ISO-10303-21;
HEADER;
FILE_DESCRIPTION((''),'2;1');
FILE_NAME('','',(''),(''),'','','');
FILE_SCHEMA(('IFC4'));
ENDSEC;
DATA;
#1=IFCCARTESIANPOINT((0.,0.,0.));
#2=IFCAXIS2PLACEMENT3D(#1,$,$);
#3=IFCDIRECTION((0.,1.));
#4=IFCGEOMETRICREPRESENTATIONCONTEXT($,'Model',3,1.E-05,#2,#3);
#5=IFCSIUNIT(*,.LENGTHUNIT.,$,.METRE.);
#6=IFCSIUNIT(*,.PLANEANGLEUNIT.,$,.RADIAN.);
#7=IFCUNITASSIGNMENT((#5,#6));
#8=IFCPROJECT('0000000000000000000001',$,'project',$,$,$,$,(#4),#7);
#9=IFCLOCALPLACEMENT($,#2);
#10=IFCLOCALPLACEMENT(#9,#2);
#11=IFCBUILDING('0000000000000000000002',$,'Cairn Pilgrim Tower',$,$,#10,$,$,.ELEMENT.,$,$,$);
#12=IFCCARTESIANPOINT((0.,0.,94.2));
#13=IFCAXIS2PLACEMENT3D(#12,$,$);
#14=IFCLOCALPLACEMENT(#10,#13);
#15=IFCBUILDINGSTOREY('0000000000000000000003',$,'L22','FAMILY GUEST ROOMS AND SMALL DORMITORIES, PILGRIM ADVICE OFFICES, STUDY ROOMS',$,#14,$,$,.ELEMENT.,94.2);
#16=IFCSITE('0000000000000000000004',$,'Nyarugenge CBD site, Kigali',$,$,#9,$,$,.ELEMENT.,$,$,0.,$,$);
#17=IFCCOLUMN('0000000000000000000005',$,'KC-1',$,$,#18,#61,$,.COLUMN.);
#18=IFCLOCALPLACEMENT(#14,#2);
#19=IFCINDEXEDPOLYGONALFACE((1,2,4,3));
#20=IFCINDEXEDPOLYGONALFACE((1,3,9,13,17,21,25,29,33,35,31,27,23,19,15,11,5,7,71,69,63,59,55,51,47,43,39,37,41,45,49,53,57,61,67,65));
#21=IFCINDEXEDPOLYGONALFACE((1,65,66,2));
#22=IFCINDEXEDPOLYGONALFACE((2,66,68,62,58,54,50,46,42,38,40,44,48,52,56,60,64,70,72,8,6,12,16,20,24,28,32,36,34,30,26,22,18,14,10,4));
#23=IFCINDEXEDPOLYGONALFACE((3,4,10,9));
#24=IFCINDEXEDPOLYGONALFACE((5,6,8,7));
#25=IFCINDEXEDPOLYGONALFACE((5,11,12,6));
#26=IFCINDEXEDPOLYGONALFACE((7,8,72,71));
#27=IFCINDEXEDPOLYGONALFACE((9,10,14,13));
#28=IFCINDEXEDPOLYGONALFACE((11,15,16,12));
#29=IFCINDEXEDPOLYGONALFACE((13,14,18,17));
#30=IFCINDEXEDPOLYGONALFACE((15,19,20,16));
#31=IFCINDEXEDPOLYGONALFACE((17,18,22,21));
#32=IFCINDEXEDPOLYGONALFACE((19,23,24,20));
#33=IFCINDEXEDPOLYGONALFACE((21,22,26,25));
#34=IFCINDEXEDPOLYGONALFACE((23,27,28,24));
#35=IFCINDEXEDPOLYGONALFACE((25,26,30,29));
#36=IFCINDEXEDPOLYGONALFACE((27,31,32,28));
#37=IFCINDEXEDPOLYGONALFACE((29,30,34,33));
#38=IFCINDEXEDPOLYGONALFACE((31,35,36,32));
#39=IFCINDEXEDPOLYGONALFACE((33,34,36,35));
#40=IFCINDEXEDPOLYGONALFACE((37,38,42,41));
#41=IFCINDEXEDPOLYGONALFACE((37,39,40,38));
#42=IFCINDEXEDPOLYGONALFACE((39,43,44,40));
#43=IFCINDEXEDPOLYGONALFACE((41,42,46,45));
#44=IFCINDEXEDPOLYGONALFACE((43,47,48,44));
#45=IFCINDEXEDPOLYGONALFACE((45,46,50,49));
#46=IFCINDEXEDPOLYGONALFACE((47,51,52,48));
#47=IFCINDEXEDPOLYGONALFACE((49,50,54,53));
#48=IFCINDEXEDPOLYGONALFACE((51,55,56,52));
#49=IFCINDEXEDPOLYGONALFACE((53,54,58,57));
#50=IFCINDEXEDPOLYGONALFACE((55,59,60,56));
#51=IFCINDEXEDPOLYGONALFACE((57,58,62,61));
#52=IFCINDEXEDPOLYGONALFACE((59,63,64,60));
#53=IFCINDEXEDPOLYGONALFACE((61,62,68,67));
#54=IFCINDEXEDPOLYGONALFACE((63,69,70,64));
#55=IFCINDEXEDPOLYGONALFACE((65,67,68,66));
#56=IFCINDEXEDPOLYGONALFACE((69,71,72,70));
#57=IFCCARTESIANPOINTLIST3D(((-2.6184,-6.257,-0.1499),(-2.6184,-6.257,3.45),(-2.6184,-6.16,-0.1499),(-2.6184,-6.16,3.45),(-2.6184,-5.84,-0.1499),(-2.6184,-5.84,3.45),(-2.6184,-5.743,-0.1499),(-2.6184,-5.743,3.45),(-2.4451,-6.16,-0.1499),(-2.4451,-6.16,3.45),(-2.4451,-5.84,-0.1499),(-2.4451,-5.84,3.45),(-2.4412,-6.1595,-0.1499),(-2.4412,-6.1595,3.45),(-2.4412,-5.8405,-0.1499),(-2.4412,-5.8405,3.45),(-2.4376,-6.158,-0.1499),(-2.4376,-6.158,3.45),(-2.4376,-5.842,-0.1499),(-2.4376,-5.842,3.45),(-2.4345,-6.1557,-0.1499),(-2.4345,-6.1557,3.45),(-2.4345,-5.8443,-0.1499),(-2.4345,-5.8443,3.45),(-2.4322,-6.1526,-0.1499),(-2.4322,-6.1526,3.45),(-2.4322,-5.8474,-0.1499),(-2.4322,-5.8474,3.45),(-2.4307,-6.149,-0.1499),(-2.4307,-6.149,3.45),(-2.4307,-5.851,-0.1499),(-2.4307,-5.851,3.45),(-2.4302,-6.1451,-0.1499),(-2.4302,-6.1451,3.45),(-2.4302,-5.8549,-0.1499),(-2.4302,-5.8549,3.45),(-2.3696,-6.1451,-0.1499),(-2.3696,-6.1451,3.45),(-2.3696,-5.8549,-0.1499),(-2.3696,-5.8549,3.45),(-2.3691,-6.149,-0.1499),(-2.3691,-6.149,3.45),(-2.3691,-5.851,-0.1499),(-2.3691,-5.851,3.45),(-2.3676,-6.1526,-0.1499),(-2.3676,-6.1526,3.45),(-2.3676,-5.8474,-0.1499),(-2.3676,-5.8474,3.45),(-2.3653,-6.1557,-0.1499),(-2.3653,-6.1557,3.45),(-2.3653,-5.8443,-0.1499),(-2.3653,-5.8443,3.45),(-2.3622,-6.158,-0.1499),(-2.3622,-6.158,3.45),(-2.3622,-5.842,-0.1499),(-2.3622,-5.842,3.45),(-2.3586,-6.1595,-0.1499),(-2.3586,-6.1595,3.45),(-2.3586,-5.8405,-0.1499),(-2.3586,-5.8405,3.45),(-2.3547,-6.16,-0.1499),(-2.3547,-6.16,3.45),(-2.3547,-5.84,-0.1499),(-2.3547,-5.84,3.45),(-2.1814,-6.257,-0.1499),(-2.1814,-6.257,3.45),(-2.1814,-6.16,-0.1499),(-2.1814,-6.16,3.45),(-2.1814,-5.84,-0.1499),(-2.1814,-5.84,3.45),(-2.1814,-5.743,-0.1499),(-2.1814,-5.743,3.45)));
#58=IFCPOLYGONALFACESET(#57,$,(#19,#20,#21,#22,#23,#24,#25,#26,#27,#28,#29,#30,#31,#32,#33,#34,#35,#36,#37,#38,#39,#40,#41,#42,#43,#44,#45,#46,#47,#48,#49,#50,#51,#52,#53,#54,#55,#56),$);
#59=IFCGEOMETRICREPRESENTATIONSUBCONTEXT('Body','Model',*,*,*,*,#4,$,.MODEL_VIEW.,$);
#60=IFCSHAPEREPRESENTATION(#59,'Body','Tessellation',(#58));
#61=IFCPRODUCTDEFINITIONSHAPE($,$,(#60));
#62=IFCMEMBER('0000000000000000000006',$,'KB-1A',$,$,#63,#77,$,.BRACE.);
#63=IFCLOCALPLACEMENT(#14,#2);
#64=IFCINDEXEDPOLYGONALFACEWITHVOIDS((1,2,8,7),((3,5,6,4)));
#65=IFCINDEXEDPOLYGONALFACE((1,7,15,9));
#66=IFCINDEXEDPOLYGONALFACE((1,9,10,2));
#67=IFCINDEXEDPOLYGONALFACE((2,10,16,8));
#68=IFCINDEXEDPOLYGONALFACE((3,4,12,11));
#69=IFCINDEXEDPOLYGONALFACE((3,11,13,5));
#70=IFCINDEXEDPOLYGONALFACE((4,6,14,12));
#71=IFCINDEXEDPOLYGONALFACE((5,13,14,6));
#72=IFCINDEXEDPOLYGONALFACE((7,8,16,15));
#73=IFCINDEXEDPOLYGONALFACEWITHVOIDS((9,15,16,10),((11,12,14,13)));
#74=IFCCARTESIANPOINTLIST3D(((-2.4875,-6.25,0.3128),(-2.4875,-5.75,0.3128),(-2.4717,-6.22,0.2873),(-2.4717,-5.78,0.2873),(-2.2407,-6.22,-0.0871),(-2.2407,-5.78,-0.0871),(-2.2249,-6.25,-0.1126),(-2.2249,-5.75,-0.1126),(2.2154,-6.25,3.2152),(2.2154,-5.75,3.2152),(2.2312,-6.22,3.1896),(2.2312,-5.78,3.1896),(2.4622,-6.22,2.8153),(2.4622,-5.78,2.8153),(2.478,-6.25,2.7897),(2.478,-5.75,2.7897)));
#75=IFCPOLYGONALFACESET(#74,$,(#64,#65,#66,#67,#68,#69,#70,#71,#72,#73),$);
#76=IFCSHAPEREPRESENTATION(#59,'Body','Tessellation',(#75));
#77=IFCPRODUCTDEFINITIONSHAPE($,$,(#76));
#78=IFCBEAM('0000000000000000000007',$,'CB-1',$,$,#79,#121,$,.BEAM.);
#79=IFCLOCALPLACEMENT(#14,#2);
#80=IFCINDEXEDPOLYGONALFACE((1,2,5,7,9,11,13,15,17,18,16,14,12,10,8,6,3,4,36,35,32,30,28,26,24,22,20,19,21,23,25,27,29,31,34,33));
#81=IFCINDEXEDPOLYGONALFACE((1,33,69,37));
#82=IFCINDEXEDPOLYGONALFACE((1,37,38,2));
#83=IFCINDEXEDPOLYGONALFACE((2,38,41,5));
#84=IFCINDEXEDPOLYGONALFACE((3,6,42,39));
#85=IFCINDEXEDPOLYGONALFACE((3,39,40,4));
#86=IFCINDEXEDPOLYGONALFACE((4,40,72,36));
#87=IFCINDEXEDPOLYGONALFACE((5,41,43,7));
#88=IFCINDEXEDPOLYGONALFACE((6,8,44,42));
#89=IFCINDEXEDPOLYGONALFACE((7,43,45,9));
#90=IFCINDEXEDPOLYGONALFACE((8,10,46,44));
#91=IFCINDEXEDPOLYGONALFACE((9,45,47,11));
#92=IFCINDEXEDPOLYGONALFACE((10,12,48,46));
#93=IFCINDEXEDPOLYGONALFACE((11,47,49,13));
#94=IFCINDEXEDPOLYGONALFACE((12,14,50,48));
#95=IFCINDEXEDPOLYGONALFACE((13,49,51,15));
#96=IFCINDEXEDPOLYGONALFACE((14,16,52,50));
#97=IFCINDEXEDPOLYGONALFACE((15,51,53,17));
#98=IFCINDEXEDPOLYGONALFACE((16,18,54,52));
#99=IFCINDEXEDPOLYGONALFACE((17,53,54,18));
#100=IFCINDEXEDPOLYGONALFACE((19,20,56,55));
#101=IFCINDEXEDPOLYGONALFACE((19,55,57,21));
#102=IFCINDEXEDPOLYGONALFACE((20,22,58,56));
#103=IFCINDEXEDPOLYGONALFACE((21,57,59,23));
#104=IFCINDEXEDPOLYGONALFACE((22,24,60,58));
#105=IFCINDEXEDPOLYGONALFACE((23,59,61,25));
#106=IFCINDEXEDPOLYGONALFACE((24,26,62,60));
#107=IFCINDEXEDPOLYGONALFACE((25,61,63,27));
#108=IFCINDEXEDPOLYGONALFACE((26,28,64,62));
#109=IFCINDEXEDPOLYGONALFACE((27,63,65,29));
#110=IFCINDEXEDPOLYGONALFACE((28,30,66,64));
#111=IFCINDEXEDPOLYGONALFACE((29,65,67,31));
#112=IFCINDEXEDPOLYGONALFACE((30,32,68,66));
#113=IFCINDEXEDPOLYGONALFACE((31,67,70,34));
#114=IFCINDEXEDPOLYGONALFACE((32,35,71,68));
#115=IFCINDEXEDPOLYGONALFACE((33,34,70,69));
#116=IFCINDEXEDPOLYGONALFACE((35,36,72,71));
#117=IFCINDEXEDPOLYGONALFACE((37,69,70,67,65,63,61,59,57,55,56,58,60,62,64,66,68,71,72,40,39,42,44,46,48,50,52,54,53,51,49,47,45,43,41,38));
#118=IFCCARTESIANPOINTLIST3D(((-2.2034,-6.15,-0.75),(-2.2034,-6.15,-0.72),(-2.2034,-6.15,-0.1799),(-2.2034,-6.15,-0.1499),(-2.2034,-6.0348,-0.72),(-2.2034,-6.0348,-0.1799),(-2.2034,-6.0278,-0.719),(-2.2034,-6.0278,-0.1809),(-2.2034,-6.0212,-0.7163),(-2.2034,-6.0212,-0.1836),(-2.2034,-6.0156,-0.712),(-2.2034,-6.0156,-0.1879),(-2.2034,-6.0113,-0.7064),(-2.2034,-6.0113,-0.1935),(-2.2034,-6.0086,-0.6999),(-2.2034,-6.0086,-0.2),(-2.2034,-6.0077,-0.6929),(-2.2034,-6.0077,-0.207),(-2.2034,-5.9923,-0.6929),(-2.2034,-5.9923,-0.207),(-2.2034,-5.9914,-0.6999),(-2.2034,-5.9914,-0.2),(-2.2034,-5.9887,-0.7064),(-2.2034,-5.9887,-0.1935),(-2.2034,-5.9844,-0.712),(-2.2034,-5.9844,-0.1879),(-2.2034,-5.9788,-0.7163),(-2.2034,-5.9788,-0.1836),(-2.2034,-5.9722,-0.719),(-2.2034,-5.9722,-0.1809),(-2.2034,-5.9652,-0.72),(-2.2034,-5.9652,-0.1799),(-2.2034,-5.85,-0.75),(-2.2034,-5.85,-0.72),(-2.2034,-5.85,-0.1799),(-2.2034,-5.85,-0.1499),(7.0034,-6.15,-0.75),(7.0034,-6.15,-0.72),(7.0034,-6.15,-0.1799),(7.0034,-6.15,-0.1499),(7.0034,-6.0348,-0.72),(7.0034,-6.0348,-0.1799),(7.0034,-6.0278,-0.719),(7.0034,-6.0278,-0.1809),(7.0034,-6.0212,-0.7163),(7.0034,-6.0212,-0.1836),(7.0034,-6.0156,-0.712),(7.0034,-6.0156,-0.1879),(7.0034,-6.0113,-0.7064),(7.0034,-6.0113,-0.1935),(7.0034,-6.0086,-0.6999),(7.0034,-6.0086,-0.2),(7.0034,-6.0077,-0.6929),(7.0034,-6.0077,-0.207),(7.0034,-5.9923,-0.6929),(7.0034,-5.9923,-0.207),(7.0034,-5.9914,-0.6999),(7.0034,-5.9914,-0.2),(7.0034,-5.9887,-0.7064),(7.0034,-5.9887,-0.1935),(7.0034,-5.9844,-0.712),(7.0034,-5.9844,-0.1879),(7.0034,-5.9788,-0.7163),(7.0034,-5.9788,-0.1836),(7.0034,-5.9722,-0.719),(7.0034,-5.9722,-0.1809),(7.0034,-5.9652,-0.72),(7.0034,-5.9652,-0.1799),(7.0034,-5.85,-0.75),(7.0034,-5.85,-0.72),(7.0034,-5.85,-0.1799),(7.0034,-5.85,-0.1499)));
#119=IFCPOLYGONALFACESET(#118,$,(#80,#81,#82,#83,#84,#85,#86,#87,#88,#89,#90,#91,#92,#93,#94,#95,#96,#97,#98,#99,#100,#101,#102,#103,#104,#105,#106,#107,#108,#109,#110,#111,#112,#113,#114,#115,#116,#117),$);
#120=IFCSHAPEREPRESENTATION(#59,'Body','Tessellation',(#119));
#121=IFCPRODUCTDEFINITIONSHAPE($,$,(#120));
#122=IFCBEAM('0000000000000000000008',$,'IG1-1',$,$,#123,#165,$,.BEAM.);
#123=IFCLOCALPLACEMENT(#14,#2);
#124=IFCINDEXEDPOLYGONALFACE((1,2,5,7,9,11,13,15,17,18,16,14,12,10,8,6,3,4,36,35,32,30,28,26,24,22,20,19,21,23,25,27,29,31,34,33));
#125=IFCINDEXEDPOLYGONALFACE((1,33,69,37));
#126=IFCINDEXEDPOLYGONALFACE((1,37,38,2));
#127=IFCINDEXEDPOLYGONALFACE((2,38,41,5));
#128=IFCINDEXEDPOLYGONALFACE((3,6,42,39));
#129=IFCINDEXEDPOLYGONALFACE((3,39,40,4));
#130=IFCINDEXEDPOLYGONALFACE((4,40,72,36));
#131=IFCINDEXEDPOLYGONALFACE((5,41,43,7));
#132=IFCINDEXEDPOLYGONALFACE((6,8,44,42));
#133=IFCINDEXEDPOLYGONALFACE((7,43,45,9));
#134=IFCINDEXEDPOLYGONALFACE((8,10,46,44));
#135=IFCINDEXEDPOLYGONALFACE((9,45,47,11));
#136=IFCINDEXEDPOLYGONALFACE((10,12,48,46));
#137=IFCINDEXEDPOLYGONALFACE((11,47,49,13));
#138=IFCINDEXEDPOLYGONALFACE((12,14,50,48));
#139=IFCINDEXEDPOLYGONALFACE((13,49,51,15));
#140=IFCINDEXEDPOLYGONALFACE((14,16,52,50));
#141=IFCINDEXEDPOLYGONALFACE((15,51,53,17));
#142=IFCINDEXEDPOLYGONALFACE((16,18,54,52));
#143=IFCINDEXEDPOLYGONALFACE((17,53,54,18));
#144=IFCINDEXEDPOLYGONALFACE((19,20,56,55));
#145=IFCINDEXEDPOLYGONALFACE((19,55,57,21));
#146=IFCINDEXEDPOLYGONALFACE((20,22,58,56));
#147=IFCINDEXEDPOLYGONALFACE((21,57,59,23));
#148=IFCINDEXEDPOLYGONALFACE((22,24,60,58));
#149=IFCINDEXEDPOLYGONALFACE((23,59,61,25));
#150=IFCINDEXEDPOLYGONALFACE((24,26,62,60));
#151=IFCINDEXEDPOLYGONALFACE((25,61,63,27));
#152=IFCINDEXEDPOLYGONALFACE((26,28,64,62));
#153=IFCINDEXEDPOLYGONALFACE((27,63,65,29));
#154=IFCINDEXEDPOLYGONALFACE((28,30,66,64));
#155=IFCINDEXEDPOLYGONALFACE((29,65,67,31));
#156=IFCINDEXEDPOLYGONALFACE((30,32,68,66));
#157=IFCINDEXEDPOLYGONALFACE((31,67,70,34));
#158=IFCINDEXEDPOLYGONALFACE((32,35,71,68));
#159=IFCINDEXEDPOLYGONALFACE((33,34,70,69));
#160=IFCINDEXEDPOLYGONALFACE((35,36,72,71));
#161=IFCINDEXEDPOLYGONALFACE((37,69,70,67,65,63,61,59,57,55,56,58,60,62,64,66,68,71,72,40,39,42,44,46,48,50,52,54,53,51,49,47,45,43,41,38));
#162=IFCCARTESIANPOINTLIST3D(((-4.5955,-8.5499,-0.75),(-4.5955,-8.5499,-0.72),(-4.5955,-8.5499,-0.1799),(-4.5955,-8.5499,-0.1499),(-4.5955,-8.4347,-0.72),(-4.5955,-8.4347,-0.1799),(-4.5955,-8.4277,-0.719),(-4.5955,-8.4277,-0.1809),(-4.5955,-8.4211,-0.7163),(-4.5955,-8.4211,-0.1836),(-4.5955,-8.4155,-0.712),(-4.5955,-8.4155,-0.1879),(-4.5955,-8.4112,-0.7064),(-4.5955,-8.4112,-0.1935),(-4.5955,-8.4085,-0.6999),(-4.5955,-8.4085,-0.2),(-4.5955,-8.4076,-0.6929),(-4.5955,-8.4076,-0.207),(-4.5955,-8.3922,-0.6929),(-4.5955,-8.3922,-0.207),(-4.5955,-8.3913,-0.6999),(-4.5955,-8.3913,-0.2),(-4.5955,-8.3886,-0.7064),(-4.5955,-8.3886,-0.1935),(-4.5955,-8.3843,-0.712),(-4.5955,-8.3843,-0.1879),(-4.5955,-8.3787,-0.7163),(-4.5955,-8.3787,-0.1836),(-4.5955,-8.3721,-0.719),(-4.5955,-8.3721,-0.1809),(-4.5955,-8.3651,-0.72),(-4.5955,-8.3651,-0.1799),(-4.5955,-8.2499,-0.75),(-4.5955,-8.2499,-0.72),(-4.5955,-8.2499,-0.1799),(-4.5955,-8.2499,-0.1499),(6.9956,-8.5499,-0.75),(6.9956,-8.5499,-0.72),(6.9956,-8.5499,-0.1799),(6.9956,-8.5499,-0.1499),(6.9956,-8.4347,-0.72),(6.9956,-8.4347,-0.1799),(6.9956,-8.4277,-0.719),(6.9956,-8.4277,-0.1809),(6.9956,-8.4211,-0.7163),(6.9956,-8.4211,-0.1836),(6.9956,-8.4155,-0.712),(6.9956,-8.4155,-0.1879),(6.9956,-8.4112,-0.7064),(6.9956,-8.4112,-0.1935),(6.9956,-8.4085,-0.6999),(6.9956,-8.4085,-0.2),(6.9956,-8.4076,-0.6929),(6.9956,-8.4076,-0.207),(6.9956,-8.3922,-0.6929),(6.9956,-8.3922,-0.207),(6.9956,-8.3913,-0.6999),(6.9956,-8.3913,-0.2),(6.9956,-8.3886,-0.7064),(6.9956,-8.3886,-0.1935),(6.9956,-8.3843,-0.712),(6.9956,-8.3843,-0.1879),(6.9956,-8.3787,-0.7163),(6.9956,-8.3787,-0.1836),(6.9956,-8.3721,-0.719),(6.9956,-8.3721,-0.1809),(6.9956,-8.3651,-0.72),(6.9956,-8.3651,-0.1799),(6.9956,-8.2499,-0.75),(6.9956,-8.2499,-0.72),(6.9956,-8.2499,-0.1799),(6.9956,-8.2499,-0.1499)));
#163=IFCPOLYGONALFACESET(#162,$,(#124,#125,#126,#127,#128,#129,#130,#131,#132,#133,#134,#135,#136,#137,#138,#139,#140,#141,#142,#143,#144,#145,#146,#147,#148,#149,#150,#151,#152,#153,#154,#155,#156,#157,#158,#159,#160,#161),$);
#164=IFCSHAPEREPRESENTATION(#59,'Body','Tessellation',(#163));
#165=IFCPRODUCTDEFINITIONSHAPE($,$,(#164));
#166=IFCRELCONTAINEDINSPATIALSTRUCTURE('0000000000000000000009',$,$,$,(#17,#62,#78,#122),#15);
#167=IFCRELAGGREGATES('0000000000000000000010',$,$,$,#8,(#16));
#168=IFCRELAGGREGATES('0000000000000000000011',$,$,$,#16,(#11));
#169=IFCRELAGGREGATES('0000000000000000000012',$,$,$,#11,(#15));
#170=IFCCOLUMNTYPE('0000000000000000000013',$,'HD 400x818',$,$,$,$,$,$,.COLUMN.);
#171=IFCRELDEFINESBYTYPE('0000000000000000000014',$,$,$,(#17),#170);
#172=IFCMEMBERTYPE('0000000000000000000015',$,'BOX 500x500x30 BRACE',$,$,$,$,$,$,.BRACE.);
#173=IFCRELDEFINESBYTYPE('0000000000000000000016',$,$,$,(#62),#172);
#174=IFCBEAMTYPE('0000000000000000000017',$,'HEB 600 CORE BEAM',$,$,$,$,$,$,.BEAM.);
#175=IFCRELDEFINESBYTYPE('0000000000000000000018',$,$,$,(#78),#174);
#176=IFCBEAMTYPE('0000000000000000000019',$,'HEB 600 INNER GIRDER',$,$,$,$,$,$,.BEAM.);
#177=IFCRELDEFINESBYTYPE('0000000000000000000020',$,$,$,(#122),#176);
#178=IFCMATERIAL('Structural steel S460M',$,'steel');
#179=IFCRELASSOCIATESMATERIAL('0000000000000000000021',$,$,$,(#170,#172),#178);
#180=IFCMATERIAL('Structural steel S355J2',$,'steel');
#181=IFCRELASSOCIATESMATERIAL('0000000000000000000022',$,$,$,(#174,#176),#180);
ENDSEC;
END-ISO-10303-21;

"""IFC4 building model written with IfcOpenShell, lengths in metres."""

from ifc_helpers import new_model, si_unit, direction, frame, origin, origin_2d, place, context, subcontext, project, spatial, hollow_rectangle, i_section, extrude, material, material_profile, profile_set, type_object, element, save


model = new_model("IFC4")

# Units and contexts
model_context = context("Model", 3, precision=1e-05, world=origin(), true_north=direction((0.0, 1.0)))
body_context = subcontext(model_context, "Body", "Model", "MODEL_VIEW")
ifc_project = project(units=[si_unit("LENGTHUNIT", "METRE"), si_unit("PLANEANGLEUNIT", "RADIAN")], contexts=[model_context])

# Site, building, storey
site_placement = place(None, origin())
site = spatial("IfcSite", under=ifc_project, at=site_placement, Name="Nyarugenge CBD site, Kigali", CompositionType="ELEMENT", RefElevation=0.0)
building_placement = place(site_placement, origin())
building = spatial("IfcBuilding", under=site, at=building_placement, Name="Cairn Pilgrim Tower", CompositionType="ELEMENT")
storey_placement = place(building_placement, frame((0.0, 0.0, 94.2)))
storey = spatial("IfcBuildingStorey", under=building, at=storey_placement, Name="L22", Description="FAMILY GUEST ROOMS AND SMALL DORMITORIES, PILGRIM ADVICE OFFICES, STUDY ROOMS", CompositionType="ELEMENT", Elevation=94.2)

# Column
ifc_material_1 = material(Name="Structural steel S460M", Category="steel")
ifc_material_profile_1 = material_profile(ifc_material_1, i_section(OverallWidth=0.437, OverallDepth=0.5139, WebThickness=0.0605, FlangeThickness=0.0969, FilletRadius=0.0149, at=origin_2d()), Name="HD 400x818")
ifc_profile_set_1 = profile_set([ifc_material_profile_1], Name="Structural steel S460M")
column_type = type_object("IfcColumnType", Name="HD 400x818", PredefinedType="COLUMN", material=ifc_profile_set_1)
column_placement = place(storey_placement, frame((-2.3999, -6.0, -0.1499), z_axis=(0.0, 0.0, 1.0), x_axis=(1.0, 0.0, 0.0)))
element("IfcColumn", 1, at=column_placement, inside=storey, type_object=column_type, Name="KC-1", PredefinedType="COLUMN", context=body_context, shape_type="SweptSolid", body=[
    extrude(i_section(OverallWidth=0.437, OverallDepth=0.5139, WebThickness=0.0605, FlangeThickness=0.0969, FilletRadius=0.0149, at=origin_2d()), origin(), (0.0, 0.0, 1.0), 3.5999),
])

# Member
ifc_material_profile_2 = material_profile(ifc_material_1, hollow_rectangle(XDim=0.5, YDim=0.5, WallThickness=0.03, at=origin_2d()), Name="BOX 500x500x30")
ifc_profile_set_2 = profile_set([ifc_material_profile_2], Name="Structural steel S460M")
member_type = type_object("IfcMemberType", Name="BOX 500x500x30 BRACE", PredefinedType="BRACE", material=ifc_profile_set_2)
member_placement = place(storey_placement, frame((-2.3562, -6.0, 0.1001), z_axis=(0.85099, 0.0, 0.525182), x_axis=(0.0, 1.0, 0.0)))
element("IfcMember", 2, at=member_placement, inside=storey, type_object=member_type, Name="KB-1A", PredefinedType="BRACE", context=body_context, shape_type="SweptSolid", body=[
    extrude(hollow_rectangle(XDim=0.5, YDim=0.5, WallThickness=0.03, at=origin_2d()), origin(), (0.0, 0.0, 1.0), 5.5264),
])

# Beams
ifc_material_2 = material(Name="Structural steel S355J2", Category="steel")
ifc_material_profile_3 = material_profile(ifc_material_2, i_section(OverallWidth=0.3, OverallDepth=0.6001, WebThickness=0.0154, FlangeThickness=0.03, FilletRadius=0.0271, at=origin_2d()), Name="HEB 600")
ifc_profile_set_3 = profile_set([ifc_material_profile_3], Name="Structural steel S355J2")
beam_type_1 = type_object("IfcBeamType", Name="HEB 600 CORE BEAM", PredefinedType="BEAM", material=ifc_profile_set_3)
beam_1_placement = place(storey_placement, frame((-2.2034, -6.0, -0.45), z_axis=(1.0, 0.0, 0.0), x_axis=(0.0, 1.0, 0.0)))
element("IfcBeam", 3, at=beam_1_placement, inside=storey, type_object=beam_type_1, Name="CB-1", PredefinedType="BEAM", context=body_context, shape_type="SweptSolid", body=[
    extrude(i_section(OverallWidth=0.3, OverallDepth=0.6001, WebThickness=0.0154, FlangeThickness=0.03, FilletRadius=0.0271, at=origin_2d()), origin(), (0.0, 0.0, 1.0), 9.2068),
])
ifc_material_profile_4 = material_profile(ifc_material_2, i_section(OverallWidth=0.3, OverallDepth=0.6001, WebThickness=0.0154, FlangeThickness=0.03, FilletRadius=0.0271, at=origin_2d()), Name="HEB 600")
ifc_profile_set_4 = profile_set([ifc_material_profile_4], Name="Structural steel S355J2")
beam_type_2 = type_object("IfcBeamType", Name="HEB 600 INNER GIRDER", PredefinedType="BEAM", material=ifc_profile_set_4)
beam_2_placement = place(storey_placement, frame((-4.5955, -8.3999, -0.45), z_axis=(1.0, 0.0, 0.0), x_axis=(0.0, 1.0, 0.0)))
element("IfcBeam", 4, at=beam_2_placement, inside=storey, type_object=beam_type_2, Name="IG1-1", PredefinedType="BEAM", context=body_context, shape_type="SweptSolid", body=[
    extrude(i_section(OverallWidth=0.3, OverallDepth=0.6001, WebThickness=0.0154, FlangeThickness=0.03, FilletRadius=0.0271, at=origin_2d()), origin(), (0.0, 0.0, 1.0), 11.5911),
])

save(model, "model.ifc")
